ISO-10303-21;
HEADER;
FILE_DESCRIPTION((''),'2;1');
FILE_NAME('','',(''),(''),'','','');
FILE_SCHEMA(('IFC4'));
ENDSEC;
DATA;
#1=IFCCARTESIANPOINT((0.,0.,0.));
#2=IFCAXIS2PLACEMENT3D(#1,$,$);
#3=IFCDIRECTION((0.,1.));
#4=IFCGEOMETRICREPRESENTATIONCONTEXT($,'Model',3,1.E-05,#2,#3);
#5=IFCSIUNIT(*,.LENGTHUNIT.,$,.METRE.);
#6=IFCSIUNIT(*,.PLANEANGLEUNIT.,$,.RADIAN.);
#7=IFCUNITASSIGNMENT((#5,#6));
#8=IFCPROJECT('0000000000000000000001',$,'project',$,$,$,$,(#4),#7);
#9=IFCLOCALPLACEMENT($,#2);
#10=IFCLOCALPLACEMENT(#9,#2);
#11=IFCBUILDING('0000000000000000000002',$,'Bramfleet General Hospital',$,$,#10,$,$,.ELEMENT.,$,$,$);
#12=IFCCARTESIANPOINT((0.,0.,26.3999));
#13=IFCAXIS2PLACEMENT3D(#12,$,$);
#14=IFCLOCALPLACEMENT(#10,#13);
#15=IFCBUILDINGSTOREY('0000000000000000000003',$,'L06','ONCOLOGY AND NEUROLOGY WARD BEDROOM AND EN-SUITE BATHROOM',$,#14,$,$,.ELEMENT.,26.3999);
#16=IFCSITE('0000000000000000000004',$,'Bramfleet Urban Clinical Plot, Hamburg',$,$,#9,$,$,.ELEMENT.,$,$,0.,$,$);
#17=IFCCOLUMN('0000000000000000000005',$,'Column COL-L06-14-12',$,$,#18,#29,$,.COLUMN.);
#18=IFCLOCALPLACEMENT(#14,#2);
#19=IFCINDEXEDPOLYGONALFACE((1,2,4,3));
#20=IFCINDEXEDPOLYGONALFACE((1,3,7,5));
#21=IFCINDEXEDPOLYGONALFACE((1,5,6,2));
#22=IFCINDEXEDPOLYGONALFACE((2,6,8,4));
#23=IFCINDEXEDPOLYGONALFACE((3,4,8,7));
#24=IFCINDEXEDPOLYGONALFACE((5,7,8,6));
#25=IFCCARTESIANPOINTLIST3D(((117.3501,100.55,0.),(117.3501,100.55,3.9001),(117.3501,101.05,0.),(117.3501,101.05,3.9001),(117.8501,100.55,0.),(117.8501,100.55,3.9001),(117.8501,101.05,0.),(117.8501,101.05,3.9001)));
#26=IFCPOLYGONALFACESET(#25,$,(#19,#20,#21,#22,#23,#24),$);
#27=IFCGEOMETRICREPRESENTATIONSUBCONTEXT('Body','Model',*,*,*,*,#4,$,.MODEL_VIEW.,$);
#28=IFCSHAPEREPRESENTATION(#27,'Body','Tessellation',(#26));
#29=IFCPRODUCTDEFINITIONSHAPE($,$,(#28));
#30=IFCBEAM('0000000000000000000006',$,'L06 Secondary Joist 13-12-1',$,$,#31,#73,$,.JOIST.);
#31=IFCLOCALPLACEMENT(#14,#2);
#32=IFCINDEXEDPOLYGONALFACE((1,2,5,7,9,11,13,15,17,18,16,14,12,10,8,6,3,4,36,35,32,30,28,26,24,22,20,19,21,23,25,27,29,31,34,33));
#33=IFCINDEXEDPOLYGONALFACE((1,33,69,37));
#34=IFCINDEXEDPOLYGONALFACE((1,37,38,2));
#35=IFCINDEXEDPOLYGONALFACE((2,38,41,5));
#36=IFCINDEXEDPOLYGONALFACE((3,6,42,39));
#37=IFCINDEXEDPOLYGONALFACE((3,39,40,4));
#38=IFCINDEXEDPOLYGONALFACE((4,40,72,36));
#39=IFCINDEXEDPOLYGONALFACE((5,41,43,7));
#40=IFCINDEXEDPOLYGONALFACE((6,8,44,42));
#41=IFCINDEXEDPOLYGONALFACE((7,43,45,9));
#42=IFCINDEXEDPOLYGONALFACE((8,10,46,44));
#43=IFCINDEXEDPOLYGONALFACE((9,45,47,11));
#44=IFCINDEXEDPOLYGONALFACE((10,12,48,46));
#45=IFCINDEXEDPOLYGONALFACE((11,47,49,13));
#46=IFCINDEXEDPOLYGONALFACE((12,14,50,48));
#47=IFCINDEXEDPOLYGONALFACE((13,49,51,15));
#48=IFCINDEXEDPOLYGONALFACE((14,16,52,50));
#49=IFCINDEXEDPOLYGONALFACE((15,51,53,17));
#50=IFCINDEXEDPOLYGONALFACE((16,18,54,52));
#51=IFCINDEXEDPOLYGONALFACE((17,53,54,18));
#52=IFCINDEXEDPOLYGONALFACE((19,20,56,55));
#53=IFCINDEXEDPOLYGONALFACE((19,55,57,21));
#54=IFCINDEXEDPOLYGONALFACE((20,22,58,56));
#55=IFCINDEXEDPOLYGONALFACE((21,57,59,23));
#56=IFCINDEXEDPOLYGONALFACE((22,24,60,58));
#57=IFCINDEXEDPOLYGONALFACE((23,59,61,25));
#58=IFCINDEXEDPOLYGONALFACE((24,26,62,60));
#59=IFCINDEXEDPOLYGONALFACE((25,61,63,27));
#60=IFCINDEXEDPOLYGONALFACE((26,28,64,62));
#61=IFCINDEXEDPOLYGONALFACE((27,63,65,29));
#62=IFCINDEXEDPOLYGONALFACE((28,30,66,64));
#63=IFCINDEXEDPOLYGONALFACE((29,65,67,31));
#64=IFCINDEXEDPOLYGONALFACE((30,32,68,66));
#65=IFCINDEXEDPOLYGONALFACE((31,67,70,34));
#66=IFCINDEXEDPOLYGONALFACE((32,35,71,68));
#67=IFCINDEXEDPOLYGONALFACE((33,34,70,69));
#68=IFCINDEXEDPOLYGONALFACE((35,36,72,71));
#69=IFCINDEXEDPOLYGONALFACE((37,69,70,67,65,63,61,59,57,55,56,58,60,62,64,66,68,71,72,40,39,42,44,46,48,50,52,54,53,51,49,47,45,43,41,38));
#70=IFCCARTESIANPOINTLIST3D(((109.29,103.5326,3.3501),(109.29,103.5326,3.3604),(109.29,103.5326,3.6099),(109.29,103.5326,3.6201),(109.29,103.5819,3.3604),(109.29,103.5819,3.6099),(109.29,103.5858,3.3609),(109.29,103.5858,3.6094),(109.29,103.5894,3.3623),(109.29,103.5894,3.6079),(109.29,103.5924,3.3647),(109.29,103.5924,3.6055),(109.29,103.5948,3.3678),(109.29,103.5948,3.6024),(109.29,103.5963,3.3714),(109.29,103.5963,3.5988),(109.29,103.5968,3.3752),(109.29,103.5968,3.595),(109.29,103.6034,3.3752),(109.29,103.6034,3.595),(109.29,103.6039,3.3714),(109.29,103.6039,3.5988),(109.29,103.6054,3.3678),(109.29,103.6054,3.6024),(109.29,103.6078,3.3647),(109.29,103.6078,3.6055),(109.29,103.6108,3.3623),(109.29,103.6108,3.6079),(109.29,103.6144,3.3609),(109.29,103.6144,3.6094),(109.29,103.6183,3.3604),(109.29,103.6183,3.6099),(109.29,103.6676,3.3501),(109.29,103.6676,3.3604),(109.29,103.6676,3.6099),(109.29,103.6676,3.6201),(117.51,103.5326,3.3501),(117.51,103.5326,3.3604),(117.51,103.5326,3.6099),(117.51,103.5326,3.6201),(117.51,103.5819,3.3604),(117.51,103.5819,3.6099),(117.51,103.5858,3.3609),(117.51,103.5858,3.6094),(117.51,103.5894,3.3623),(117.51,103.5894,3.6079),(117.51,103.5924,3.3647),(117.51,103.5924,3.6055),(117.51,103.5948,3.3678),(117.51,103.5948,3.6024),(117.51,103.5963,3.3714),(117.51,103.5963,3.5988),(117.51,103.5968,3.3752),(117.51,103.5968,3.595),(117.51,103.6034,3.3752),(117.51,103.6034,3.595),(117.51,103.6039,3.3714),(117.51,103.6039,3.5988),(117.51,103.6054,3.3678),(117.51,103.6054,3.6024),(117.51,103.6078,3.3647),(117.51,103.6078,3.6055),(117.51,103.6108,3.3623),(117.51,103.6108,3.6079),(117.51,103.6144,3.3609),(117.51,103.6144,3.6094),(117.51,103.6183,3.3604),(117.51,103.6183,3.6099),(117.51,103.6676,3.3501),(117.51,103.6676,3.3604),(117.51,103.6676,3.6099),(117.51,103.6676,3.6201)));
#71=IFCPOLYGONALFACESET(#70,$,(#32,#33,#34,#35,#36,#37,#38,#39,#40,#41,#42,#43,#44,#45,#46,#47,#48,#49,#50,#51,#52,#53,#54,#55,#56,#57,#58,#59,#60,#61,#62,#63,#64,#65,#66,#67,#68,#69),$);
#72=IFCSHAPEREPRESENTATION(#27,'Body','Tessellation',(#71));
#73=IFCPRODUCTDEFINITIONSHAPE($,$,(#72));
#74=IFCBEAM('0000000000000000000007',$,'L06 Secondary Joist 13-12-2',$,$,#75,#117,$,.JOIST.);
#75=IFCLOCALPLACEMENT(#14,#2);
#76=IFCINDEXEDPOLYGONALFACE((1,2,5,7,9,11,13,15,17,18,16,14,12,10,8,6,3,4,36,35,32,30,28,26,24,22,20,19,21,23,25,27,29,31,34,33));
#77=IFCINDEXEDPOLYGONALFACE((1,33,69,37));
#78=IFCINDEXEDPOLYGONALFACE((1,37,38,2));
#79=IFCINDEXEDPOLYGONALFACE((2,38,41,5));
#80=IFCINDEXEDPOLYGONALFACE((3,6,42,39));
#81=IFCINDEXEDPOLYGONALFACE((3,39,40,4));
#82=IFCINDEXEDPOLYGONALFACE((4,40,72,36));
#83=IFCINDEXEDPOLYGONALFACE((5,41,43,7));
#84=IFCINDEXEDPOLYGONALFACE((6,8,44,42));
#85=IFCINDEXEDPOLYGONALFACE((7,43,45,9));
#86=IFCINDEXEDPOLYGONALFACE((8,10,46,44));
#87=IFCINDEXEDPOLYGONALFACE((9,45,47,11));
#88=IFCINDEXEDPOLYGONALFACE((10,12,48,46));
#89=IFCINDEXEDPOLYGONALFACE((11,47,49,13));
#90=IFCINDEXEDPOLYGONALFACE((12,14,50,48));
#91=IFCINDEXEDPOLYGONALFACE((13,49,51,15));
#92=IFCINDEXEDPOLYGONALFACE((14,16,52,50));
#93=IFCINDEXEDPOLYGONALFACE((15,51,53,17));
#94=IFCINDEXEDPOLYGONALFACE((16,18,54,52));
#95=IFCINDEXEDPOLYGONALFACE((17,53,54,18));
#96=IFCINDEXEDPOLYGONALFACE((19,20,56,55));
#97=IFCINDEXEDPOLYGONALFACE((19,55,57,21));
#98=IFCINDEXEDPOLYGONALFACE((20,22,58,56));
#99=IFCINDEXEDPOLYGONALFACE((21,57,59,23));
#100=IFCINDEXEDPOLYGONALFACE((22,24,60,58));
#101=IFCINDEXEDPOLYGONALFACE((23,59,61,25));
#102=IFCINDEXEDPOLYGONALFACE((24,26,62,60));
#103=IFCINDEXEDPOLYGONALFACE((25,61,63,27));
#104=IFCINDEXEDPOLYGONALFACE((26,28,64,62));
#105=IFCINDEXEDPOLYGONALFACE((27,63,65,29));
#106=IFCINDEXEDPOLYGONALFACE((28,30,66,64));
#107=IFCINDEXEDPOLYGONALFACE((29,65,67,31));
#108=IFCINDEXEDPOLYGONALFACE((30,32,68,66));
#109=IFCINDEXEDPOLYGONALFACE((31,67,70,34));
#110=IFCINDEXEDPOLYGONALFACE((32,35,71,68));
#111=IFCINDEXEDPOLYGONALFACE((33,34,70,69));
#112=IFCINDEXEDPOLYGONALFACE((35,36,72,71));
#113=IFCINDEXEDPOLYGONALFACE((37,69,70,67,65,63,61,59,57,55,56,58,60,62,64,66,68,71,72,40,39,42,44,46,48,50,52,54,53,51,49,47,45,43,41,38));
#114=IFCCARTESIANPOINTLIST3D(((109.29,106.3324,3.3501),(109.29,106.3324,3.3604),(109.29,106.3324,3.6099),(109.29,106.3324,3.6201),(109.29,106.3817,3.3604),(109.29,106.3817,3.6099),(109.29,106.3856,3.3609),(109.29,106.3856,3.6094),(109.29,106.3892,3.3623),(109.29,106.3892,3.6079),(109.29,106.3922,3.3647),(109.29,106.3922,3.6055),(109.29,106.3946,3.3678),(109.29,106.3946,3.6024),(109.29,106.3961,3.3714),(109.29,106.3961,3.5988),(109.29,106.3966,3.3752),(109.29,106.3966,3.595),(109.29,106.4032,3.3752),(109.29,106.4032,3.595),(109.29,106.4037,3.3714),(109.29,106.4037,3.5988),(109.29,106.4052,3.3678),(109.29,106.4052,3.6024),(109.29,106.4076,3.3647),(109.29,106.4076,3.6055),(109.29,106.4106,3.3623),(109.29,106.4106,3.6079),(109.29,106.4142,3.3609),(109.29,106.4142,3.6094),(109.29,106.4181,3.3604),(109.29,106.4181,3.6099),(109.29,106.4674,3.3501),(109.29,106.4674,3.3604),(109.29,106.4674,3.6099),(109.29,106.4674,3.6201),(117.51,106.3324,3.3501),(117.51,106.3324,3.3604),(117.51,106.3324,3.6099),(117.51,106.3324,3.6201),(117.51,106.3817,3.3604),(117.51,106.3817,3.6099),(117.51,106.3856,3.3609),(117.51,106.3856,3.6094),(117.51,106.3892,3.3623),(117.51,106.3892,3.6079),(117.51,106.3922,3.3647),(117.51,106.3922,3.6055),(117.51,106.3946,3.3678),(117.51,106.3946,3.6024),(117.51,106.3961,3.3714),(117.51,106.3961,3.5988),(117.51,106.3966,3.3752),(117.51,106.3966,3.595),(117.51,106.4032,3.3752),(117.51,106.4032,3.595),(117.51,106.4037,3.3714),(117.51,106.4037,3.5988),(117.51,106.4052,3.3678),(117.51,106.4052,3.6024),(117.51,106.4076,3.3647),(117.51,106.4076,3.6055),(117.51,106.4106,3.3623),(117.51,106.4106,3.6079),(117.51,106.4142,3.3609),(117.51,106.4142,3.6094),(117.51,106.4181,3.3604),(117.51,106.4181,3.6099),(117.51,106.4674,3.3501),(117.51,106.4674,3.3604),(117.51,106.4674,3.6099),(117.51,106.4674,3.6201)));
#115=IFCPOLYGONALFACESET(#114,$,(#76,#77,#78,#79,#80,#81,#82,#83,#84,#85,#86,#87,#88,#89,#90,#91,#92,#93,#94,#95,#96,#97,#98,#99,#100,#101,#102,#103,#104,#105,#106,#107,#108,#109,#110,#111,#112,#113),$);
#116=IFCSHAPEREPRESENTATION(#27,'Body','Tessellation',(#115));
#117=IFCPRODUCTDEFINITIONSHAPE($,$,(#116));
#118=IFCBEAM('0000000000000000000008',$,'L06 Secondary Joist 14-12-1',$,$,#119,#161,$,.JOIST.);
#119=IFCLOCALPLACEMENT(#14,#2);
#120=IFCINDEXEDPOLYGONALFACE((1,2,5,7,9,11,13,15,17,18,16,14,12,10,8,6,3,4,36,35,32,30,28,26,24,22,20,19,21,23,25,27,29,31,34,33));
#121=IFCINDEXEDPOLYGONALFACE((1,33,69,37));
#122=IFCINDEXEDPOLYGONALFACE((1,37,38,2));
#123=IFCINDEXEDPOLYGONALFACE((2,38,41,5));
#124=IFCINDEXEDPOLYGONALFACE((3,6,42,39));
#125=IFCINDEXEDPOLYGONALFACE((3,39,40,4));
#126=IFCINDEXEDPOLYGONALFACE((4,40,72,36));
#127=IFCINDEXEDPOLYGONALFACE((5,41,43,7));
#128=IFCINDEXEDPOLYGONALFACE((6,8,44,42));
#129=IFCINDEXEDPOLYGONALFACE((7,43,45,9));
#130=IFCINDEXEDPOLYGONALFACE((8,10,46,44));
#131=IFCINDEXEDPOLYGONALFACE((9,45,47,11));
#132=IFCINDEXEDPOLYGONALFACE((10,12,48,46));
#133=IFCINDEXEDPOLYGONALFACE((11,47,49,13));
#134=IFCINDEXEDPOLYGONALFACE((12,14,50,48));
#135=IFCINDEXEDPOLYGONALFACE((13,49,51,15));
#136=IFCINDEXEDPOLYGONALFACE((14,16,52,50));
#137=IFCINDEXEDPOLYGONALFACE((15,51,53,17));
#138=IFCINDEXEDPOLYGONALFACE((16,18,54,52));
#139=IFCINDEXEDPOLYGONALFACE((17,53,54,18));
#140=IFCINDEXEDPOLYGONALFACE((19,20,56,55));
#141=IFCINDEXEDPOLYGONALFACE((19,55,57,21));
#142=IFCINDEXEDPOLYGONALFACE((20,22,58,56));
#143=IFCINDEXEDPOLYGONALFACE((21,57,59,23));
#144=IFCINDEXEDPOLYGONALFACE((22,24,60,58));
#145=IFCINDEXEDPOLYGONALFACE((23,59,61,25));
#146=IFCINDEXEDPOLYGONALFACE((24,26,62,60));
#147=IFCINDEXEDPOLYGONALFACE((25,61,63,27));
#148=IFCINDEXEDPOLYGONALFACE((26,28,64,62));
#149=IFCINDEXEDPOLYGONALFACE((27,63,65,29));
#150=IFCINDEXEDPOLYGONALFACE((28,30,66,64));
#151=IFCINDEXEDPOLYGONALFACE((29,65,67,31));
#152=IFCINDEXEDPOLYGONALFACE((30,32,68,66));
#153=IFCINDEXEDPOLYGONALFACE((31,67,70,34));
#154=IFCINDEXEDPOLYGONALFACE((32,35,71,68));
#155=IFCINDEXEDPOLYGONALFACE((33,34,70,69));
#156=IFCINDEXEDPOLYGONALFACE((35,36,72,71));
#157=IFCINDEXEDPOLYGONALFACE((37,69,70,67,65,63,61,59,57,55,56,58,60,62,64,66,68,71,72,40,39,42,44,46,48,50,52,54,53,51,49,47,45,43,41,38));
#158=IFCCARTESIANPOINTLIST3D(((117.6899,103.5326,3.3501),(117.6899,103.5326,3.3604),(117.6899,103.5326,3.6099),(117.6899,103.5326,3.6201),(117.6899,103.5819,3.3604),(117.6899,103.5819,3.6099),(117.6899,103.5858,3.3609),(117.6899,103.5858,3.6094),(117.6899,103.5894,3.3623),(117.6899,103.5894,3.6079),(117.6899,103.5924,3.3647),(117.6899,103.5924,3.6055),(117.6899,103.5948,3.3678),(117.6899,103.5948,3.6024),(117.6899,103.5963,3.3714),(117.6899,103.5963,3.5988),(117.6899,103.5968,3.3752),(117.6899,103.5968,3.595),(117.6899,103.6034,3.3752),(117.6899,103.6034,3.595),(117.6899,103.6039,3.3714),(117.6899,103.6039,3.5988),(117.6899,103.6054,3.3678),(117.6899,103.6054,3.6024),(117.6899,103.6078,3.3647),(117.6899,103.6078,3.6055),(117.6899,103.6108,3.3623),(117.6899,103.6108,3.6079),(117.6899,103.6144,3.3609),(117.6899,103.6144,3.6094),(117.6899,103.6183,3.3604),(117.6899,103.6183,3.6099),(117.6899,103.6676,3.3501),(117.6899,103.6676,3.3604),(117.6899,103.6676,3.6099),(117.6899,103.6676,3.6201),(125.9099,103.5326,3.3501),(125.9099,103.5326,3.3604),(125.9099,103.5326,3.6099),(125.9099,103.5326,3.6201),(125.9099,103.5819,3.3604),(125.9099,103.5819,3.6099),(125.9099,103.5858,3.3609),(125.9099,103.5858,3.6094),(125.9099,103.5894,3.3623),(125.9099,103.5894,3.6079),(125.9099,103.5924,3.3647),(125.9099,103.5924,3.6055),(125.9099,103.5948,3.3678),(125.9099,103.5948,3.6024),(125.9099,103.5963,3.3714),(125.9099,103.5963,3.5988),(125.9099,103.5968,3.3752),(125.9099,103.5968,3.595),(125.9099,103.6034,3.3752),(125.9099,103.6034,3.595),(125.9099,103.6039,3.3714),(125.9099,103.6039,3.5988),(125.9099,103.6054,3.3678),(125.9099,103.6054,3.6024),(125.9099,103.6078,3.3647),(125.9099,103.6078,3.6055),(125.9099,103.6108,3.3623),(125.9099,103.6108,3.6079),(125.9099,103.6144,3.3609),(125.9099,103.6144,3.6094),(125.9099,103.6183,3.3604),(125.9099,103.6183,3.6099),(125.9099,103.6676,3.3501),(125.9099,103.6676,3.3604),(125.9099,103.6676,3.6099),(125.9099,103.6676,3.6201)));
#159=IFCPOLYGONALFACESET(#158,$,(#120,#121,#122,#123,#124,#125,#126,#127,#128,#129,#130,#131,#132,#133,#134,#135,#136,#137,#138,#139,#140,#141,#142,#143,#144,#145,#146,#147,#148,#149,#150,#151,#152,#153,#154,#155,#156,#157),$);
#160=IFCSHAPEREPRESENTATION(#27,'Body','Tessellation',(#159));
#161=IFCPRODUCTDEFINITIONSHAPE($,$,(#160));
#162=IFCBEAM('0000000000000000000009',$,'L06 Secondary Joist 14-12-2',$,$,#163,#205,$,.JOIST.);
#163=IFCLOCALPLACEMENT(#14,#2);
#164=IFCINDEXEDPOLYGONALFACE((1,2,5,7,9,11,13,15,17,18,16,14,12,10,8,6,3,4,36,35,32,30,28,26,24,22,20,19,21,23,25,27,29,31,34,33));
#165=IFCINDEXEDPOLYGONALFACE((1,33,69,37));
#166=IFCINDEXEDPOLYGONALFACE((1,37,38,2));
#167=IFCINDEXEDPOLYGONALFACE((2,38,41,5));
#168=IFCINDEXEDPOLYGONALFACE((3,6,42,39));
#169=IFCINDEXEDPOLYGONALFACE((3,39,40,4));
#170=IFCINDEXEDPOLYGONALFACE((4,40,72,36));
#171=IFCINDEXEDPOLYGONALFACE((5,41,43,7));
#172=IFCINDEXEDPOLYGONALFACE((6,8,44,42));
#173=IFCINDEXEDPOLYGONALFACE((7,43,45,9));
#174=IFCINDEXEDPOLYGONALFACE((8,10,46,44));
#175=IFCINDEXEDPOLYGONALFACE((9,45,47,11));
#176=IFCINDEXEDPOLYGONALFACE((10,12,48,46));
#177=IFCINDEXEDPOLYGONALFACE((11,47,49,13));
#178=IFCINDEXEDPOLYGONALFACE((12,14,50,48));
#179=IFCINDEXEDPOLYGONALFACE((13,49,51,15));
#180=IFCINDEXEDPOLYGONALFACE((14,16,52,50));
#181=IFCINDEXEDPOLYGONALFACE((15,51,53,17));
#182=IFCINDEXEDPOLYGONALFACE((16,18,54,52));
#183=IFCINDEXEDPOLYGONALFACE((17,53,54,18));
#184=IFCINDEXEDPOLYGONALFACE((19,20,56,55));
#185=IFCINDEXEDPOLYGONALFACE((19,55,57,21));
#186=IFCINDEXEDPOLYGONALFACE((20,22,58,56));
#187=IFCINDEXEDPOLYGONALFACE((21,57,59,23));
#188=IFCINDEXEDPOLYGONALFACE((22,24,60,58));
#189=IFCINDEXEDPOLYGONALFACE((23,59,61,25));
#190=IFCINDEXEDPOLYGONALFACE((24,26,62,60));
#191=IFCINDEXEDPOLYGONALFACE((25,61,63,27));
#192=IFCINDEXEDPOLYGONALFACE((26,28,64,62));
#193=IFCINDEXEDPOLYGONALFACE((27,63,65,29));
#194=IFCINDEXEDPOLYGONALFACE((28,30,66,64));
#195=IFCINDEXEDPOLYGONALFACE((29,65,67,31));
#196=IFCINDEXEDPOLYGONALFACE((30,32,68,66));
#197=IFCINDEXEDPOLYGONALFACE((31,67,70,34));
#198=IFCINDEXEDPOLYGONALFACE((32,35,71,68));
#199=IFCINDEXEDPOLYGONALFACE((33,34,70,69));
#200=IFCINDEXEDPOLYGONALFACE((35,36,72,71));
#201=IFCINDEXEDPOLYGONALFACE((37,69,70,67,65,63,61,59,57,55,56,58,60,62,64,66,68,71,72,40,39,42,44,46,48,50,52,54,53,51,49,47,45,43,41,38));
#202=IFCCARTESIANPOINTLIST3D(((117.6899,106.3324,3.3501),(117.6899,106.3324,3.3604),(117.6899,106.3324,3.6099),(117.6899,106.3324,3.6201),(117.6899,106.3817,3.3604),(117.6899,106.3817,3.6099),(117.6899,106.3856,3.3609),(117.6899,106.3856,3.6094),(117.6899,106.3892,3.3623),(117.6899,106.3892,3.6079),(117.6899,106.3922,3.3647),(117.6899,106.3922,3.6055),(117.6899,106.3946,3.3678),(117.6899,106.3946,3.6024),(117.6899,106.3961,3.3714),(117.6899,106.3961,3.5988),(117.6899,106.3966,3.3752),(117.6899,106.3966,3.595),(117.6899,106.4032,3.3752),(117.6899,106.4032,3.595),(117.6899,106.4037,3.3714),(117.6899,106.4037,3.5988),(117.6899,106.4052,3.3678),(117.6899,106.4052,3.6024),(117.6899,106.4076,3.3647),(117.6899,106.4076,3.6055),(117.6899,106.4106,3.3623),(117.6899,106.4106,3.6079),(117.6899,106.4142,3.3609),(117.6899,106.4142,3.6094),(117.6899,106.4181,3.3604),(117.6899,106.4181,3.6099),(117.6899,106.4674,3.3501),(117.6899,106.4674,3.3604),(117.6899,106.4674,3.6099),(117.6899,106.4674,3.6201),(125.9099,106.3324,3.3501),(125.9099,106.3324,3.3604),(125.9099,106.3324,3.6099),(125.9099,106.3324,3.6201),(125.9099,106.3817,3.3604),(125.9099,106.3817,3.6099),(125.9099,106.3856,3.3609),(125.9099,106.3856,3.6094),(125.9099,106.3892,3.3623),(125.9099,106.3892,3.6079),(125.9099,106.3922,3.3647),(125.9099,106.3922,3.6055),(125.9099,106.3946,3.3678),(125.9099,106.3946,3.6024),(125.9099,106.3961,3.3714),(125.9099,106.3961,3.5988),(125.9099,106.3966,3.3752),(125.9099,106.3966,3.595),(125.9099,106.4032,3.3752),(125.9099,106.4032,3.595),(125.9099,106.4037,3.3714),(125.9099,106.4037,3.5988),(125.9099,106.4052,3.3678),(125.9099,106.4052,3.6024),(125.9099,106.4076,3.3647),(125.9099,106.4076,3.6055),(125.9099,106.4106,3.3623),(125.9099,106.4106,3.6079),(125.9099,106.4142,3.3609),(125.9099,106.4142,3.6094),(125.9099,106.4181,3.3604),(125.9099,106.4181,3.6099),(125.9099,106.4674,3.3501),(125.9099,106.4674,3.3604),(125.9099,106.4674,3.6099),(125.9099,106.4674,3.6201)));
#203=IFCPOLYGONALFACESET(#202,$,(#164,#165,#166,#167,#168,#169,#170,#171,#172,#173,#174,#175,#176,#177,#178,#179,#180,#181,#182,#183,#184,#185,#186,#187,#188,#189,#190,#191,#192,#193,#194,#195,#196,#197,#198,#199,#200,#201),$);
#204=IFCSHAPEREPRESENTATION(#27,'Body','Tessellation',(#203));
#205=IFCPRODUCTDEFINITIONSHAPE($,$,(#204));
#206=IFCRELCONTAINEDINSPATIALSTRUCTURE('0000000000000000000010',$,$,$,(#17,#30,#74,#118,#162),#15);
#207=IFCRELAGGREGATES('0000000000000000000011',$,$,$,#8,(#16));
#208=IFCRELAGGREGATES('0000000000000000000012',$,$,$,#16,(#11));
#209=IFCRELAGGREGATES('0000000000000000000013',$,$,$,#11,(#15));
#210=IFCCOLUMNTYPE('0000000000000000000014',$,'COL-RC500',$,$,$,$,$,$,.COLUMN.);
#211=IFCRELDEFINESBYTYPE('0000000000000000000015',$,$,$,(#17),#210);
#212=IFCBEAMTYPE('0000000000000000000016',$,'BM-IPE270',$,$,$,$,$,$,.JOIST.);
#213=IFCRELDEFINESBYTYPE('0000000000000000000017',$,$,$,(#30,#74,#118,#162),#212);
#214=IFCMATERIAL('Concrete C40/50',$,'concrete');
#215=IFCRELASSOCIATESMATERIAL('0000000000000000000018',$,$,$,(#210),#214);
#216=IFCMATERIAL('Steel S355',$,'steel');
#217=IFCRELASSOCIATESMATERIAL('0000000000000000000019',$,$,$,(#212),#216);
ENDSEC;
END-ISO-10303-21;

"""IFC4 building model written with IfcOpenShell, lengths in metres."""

from ifc_helpers import new_model, si_unit, direction, frame, origin, origin_2d, place, context, subcontext, project, spatial, rectangle, i_section, extrude, material, material_profile, profile_set, type_object, element, save


model = new_model("IFC4")

# Units and contexts
model_context = context("Model", 3, precision=1e-05, world=origin(), true_north=direction((0.0, 1.0)))
body_context = subcontext(model_context, "Body", "Model", "MODEL_VIEW")
ifc_project = project(units=[si_unit("LENGTHUNIT", "METRE"), si_unit("PLANEANGLEUNIT", "RADIAN")], contexts=[model_context])

# Site, building, storey
site_placement = place(None, origin())
site = spatial("IfcSite", under=ifc_project, at=site_placement, Name="Bramfleet Urban Clinical Plot, Hamburg", CompositionType="ELEMENT", RefElevation=0.0)
building_placement = place(site_placement, origin())
building = spatial("IfcBuilding", under=site, at=building_placement, Name="Bramfleet General Hospital", CompositionType="ELEMENT")
storey_placement = place(building_placement, frame((0.0, 0.0, 26.3999)))
storey = spatial("IfcBuildingStorey", under=building, at=storey_placement, Name="L06", Description="ONCOLOGY AND NEUROLOGY WARD BEDROOM AND EN-SUITE BATHROOM", CompositionType="ELEMENT", Elevation=26.3999)

# Column
ifc_material_1 = material(Name="Concrete C40/50", Category="concrete")
ifc_material_profile_1 = material_profile(ifc_material_1, rectangle(XDim=0.5, YDim=0.5, at=origin_2d()), Name="RC COL 500x500")
ifc_profile_set_1 = profile_set([ifc_material_profile_1], Name="Concrete C40/50")
column_type = type_object("IfcColumnType", Name="COL-RC500", PredefinedType="COLUMN", material=ifc_profile_set_1)
column_placement = place(storey_placement, frame((117.6001, 100.8, 0.0), z_axis=(0.0, 0.0, 1.0), x_axis=(1.0, 0.0, 0.0)))
element("IfcColumn", 1, at=column_placement, inside=storey, type_object=column_type, Name="Column COL-L06-14-12", PredefinedType="COLUMN", context=body_context, shape_type="SweptSolid", body=[
    extrude(rectangle(XDim=0.5, YDim=0.5, at=origin_2d()), origin(), (0.0, 0.0, 1.0), 3.9001),
])

# Beams
ifc_material_2 = material(Name="Steel S355", Category="steel")
ifc_material_profile_2 = material_profile(ifc_material_2, i_section(OverallWidth=0.135, OverallDepth=0.27, WebThickness=0.0066, FlangeThickness=0.0103, FilletRadius=0.0149, at=origin_2d()), Name="IPE 270")
ifc_profile_set_2 = profile_set([ifc_material_profile_2], Name="Steel S355")
beam_type_1 = type_object("IfcBeamType", Name="BM-IPE270", PredefinedType="JOIST", material=ifc_profile_set_2)
for number, where, z_axis, x_axis, name in (
    (2, (109.29, 103.6001, 3.4851), (1.0, 0.0, 0.0), (0.0, 1.0, 0.0), "L06 Secondary Joist 13-12-1"),
    (3, (109.29, 106.3999, 3.4851), (1.0, 0.0, 0.0), (0.0, 1.0, 0.0), "L06 Secondary Joist 13-12-2"),
    (4, (117.6899, 103.6001, 3.4851), (1.0, 0.0, 0.0), (0.0, 1.0, 0.0), "L06 Secondary Joist 14-12-1"),
    (5, (117.6899, 106.3999, 3.4851), (1.0, 0.0, 0.0), (0.0, 1.0, 0.0), "L06 Secondary Joist 14-12-2"),
):
    element("IfcBeam", number, at=place(storey_placement, frame(where, z_axis=z_axis, x_axis=x_axis)), inside=storey, type_object=beam_type_1, Name=name, PredefinedType="JOIST", context=body_context, shape_type="SweptSolid", body=[
        extrude(i_section(OverallWidth=0.135, OverallDepth=0.27, WebThickness=0.0066, FlangeThickness=0.0103, FilletRadius=0.0149, at=origin_2d()), origin(), (0.0, 0.0, 1.0), 8.22),
    ])

save(model, "model.ifc")
